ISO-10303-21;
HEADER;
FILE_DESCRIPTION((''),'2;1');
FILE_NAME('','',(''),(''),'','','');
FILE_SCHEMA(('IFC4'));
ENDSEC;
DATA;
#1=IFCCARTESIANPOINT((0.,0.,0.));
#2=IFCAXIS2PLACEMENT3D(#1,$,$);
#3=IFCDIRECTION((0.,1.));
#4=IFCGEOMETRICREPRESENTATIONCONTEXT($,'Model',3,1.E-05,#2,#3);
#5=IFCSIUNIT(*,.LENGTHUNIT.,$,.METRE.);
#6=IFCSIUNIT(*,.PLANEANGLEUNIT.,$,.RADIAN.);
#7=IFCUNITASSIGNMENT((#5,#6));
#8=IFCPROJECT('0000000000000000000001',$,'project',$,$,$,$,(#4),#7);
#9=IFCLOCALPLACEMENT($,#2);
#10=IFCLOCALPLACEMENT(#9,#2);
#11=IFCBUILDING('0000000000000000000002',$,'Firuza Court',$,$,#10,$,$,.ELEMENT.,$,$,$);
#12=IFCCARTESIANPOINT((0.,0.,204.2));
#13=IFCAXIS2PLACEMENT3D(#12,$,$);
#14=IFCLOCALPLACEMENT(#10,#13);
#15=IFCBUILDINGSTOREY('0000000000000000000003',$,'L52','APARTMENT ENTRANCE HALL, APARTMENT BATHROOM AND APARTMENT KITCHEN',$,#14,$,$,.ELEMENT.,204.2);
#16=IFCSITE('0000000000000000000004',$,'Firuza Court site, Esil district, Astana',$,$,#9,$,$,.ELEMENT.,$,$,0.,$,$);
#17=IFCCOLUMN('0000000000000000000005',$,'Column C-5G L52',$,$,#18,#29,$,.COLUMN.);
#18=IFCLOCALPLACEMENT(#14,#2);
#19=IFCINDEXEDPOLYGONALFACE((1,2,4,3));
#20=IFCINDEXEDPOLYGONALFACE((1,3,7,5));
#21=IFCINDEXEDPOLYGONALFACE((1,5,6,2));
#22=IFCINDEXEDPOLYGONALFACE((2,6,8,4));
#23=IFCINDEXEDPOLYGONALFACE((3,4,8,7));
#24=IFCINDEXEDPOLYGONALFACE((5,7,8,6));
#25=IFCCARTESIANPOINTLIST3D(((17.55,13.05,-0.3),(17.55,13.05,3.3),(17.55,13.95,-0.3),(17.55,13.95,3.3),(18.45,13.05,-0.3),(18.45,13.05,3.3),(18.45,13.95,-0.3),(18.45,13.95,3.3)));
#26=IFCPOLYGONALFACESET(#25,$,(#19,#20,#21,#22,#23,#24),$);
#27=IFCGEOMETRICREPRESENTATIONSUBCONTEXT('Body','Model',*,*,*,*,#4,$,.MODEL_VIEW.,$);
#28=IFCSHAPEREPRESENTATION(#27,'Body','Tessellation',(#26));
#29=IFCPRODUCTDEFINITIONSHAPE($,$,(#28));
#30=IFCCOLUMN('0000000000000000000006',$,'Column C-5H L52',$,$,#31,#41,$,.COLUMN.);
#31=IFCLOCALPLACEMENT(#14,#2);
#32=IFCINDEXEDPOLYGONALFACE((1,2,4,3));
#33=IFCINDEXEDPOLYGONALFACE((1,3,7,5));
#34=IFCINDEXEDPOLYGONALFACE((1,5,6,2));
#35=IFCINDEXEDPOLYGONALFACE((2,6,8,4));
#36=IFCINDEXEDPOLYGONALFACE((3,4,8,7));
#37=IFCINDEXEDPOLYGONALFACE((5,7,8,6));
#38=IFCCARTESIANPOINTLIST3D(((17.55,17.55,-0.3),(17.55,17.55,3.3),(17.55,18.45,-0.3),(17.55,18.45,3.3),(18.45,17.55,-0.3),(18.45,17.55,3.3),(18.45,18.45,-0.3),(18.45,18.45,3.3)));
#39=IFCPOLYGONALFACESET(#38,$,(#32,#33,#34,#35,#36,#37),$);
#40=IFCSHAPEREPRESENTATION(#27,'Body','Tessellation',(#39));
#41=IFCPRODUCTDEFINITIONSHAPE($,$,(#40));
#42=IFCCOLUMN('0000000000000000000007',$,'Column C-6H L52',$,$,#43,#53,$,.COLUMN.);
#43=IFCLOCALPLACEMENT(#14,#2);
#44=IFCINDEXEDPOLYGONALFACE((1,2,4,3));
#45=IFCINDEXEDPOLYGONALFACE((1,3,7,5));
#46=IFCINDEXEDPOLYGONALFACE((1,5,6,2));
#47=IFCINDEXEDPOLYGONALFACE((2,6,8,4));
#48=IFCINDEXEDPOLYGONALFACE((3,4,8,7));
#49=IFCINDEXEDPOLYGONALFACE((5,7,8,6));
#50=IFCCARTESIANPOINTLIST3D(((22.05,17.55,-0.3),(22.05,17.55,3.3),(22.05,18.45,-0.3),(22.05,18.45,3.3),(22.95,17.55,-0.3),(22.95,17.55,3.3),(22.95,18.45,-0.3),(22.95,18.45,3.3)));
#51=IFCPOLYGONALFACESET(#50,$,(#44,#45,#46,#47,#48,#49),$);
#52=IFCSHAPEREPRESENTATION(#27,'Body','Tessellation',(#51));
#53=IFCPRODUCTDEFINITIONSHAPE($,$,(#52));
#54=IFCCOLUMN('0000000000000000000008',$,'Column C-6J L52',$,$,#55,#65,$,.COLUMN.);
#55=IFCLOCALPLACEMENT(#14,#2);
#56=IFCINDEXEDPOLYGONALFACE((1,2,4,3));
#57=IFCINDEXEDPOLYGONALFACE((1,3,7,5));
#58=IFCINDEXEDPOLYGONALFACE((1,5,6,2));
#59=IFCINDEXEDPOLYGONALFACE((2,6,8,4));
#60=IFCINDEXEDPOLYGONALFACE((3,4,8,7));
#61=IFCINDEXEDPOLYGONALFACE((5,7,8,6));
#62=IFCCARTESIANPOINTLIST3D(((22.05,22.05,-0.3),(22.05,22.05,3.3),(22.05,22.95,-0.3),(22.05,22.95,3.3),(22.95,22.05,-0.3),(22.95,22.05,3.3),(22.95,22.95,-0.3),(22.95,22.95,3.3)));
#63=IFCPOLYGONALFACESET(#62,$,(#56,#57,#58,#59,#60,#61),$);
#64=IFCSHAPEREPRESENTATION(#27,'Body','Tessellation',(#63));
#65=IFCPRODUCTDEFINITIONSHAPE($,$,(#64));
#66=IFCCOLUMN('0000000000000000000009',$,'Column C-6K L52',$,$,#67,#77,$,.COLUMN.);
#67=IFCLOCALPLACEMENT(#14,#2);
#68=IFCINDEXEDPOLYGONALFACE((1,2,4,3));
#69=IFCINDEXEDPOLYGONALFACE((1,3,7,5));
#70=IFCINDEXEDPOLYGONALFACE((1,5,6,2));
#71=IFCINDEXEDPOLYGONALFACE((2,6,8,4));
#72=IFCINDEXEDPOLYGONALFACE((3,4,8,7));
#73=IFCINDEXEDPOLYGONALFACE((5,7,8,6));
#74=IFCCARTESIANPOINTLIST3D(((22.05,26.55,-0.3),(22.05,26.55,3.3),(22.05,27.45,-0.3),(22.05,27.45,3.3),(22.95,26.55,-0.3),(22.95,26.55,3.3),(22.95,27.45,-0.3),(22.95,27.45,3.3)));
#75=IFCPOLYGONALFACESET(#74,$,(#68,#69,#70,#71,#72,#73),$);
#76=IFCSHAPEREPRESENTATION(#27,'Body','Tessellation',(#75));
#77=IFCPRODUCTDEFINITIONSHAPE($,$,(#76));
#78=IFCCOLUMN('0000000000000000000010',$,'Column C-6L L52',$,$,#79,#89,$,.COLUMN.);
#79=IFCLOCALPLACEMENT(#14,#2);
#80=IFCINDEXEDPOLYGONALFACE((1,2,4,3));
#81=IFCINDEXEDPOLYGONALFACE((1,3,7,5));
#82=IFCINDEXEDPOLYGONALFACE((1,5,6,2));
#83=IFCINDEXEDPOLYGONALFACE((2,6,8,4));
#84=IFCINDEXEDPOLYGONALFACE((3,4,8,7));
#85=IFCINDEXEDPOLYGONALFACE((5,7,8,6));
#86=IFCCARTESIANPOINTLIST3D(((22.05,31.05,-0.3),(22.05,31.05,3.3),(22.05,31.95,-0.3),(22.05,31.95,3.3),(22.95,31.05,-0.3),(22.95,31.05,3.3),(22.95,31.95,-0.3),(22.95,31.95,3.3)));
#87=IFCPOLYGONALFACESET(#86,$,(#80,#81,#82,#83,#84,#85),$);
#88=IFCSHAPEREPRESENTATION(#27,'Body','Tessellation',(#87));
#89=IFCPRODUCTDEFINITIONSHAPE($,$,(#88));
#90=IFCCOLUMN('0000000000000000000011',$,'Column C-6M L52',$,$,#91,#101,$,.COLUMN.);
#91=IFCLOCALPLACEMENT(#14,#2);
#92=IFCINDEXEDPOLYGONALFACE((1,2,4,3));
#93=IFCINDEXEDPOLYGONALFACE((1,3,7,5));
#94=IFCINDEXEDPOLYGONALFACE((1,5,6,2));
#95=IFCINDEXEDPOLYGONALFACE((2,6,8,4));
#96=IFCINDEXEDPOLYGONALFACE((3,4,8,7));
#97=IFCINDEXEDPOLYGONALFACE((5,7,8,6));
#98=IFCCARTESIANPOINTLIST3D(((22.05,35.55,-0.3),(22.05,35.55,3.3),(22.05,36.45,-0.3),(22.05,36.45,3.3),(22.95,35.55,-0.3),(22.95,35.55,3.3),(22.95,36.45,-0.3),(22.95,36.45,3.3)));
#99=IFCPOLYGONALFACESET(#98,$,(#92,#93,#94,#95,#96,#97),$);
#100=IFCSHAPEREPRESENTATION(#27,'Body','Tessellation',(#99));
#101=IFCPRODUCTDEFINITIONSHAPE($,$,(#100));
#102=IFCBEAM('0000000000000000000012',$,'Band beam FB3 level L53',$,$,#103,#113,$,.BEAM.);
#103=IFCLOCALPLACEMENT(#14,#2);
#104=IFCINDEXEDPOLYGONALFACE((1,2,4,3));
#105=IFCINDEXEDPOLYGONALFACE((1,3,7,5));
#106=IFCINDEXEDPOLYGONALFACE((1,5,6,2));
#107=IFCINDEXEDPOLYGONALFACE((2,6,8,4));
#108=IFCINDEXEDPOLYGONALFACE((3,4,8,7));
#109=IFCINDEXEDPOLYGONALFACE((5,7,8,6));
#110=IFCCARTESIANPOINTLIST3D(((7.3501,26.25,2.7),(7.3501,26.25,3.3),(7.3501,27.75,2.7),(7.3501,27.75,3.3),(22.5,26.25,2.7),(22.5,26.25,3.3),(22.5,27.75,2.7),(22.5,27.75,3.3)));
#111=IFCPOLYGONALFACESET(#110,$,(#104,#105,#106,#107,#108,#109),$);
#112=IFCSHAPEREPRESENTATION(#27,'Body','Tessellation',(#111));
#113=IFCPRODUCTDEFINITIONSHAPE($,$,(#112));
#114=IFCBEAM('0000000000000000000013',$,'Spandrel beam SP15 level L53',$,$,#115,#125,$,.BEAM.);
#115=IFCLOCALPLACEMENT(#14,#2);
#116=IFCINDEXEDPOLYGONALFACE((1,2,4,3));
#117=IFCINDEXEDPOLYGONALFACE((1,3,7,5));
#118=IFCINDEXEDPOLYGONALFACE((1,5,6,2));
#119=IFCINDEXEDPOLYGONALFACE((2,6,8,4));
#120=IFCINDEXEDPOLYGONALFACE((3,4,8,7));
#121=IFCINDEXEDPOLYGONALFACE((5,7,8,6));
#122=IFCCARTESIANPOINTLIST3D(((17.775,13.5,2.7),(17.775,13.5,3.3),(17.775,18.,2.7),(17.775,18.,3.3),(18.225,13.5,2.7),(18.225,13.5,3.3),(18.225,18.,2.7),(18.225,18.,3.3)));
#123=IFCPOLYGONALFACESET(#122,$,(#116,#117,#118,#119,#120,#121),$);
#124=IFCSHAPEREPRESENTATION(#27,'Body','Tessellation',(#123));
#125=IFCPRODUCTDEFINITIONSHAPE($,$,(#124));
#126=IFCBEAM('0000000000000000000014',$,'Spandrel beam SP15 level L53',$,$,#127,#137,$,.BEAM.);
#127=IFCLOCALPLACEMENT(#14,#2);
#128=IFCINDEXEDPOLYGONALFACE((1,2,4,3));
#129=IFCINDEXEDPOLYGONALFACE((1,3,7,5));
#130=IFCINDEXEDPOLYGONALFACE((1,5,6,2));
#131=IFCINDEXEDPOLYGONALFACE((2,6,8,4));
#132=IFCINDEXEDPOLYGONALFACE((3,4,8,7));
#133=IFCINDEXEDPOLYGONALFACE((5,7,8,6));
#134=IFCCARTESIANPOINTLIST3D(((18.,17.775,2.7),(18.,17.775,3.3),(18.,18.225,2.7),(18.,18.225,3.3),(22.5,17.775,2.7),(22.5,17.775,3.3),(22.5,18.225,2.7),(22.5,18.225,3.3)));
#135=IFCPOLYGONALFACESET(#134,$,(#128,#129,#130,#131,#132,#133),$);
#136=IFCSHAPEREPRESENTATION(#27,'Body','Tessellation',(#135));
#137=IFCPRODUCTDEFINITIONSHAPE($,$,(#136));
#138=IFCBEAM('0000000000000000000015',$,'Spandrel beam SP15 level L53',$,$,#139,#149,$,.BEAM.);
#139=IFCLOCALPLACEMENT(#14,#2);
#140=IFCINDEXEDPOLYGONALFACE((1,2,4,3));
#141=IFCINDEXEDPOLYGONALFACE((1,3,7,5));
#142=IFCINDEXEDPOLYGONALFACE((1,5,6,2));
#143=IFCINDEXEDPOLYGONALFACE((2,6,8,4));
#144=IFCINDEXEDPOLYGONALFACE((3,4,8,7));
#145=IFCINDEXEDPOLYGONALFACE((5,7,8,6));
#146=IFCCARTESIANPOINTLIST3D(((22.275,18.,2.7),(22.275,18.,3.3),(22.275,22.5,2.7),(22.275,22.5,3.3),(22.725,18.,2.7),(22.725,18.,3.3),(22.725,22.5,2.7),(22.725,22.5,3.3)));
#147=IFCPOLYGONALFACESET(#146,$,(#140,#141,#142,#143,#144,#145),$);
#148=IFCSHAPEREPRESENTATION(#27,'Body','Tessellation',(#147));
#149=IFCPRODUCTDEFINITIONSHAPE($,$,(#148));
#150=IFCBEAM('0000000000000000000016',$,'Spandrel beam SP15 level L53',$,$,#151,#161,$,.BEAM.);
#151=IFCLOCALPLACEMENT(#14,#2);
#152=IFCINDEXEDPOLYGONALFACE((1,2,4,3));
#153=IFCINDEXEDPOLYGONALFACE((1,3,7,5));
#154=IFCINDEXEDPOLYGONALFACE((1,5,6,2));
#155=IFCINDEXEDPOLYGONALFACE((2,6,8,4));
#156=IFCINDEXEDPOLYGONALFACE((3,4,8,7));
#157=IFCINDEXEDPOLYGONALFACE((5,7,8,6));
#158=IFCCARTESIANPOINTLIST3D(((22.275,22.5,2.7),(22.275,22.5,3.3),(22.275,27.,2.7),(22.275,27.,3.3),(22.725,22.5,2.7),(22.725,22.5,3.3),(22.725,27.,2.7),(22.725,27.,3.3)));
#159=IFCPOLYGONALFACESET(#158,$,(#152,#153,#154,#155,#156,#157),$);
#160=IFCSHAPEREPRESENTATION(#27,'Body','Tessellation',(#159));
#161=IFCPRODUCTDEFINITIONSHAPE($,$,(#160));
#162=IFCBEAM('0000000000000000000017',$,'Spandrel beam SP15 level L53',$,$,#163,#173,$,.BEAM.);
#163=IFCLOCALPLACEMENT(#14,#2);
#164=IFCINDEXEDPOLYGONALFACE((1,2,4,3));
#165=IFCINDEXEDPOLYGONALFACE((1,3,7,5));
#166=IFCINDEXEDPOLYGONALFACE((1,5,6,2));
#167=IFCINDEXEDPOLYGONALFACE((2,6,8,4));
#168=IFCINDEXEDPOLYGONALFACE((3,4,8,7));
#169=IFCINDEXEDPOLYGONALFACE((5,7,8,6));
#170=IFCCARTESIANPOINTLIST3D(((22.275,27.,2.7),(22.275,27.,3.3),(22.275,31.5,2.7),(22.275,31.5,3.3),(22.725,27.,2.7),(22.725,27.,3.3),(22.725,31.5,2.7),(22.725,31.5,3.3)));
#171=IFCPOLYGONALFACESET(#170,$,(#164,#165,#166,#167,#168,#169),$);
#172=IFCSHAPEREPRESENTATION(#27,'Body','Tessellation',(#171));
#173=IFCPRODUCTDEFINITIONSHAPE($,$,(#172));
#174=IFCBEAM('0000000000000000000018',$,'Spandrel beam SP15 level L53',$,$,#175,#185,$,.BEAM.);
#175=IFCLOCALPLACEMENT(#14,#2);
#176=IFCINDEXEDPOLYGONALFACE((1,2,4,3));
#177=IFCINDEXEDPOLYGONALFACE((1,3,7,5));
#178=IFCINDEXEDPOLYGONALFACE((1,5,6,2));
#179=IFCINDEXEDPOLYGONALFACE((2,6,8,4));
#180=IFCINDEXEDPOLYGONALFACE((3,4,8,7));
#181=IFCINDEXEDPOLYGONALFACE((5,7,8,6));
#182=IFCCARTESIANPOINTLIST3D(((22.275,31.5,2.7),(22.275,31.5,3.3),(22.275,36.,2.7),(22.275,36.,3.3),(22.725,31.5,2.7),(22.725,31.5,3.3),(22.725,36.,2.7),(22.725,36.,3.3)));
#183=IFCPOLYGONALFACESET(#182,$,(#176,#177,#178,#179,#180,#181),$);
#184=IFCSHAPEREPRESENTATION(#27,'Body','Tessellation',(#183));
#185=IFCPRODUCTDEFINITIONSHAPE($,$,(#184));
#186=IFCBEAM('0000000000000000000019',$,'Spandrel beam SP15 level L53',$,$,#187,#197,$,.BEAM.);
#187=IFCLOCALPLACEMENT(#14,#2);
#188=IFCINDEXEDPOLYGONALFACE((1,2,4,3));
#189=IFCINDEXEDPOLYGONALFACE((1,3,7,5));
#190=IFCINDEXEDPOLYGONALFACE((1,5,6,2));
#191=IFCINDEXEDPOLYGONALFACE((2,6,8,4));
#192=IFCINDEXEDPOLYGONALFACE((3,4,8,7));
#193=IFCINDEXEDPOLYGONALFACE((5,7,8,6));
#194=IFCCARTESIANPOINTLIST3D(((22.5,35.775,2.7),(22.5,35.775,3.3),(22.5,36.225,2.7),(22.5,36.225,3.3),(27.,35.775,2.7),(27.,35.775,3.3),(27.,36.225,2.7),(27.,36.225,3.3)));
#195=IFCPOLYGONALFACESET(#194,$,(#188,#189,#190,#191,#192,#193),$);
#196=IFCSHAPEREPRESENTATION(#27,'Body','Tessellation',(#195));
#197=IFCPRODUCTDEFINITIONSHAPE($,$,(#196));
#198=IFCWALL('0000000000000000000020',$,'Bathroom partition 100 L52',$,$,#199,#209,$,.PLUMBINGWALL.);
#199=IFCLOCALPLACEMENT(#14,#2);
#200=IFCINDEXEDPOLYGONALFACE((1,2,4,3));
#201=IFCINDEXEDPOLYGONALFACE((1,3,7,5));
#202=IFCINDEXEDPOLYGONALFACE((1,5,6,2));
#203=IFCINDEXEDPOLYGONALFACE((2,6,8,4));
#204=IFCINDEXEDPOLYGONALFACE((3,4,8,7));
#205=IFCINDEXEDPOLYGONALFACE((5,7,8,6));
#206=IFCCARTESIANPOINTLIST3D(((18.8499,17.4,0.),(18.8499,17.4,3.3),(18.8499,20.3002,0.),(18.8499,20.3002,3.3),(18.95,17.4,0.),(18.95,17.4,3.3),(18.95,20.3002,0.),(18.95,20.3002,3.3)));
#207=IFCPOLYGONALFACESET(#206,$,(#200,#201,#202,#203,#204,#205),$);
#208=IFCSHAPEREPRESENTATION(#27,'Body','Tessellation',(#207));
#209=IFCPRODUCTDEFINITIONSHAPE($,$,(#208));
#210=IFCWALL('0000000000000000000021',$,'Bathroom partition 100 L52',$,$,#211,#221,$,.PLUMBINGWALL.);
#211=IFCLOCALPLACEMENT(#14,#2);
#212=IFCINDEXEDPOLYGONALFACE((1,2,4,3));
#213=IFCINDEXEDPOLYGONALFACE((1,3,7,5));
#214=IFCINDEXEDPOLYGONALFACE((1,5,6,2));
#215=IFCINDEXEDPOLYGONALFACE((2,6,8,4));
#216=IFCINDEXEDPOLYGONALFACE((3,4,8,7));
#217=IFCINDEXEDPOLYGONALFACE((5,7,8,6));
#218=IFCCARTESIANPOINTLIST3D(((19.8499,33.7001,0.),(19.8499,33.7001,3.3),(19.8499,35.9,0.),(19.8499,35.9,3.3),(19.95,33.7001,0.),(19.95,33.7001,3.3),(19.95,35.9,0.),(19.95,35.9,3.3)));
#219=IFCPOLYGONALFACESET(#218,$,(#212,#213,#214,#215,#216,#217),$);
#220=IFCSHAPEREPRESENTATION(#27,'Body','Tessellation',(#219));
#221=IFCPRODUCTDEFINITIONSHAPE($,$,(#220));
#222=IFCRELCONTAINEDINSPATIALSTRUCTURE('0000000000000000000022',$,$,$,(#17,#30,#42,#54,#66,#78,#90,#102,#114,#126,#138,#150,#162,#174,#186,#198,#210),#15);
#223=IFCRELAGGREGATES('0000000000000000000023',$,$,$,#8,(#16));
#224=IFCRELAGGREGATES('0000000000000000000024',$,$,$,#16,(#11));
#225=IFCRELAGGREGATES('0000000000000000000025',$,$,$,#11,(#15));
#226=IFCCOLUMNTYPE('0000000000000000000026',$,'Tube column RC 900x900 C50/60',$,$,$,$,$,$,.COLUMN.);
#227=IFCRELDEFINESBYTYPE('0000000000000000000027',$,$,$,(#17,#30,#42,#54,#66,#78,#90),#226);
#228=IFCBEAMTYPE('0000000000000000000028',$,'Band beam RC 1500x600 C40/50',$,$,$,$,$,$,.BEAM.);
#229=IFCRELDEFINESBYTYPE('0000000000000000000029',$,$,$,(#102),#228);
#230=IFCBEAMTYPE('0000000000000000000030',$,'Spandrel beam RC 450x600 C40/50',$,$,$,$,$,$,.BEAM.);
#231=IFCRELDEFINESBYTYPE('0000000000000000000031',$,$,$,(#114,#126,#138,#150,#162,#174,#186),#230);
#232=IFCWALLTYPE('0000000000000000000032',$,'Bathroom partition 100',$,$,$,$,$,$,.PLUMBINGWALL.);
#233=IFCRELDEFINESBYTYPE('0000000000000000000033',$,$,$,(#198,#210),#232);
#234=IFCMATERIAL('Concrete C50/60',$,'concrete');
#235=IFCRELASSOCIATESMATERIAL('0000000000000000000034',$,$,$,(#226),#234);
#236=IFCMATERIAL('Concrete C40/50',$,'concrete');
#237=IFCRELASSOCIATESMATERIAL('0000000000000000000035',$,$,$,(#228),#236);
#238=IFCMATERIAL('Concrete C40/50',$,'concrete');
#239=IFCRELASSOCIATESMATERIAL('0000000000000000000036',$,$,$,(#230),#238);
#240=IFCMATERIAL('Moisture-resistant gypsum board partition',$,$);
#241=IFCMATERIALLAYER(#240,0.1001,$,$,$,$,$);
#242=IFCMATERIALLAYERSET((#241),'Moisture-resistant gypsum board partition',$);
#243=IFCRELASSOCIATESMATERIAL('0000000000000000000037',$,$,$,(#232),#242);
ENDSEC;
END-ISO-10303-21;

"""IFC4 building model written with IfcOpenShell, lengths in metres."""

from ifc_helpers import new_model, si_unit, direction, frame, frame_2d, origin, origin_2d, place, context, subcontext, project, spatial, rectangle, extrude, material, layer, layer_set, material_profile, profile_set, type_object, element, save


model = new_model("IFC4")

# Units and contexts
model_context = context("Model", 3, precision=1e-05, world=origin(), true_north=direction((0.0, 1.0)))
body_context = subcontext(model_context, "Body", "Model", "MODEL_VIEW")
ifc_project = project(units=[si_unit("LENGTHUNIT", "METRE"), si_unit("PLANEANGLEUNIT", "RADIAN")], contexts=[model_context])

# Site, building, storey
site_placement = place(None, origin())
site = spatial("IfcSite", under=ifc_project, at=site_placement, Name="Firuza Court site, Esil district, Astana", CompositionType="ELEMENT", RefElevation=0.0)
building_placement = place(site_placement, origin())
building = spatial("IfcBuilding", under=site, at=building_placement, Name="Firuza Court", CompositionType="ELEMENT")
storey_placement = place(building_placement, frame((0.0, 0.0, 204.2)))
storey = spatial("IfcBuildingStorey", under=building, at=storey_placement, Name="L52", Description="APARTMENT ENTRANCE HALL, APARTMENT BATHROOM AND APARTMENT KITCHEN", CompositionType="ELEMENT", Elevation=204.2)

# Columns
ifc_material_1 = material(Name="Concrete C50/60", Category="concrete")
ifc_material_profile_1 = material_profile(ifc_material_1, rectangle(XDim=0.8999, YDim=0.8999, at=origin_2d()), Name="RC 900x900")
ifc_profile_set_1 = profile_set([ifc_material_profile_1], Name="Concrete C50/60")
column_type = type_object("IfcColumnType", Name="Tube column RC 900x900 C50/60", PredefinedType="COLUMN", material=ifc_profile_set_1)
for number, where, z_axis, x_axis, name in (
    (1, (18.0, 13.5, -0.3), (0.0, 0.0, 1.0), (1.0, 0.0, 0.0), "Column C-5G L52"),
    (2, (18.0, 18.0, -0.3), (0.0, 0.0, 1.0), (1.0, 0.0, 0.0), "Column C-5H L52"),
    (3, (22.5, 18.0, -0.3), (0.0, 0.0, 1.0), (1.0, 0.0, 0.0), "Column C-6H L52"),
    (4, (22.5, 22.5, -0.3), (0.0, 0.0, 1.0), (1.0, 0.0, 0.0), "Column C-6J L52"),
    (5, (22.5, 27.0, -0.3), (0.0, 0.0, 1.0), (1.0, 0.0, 0.0), "Column C-6K L52"),
    (6, (22.5, 31.5, -0.3), (0.0, 0.0, 1.0), (1.0, 0.0, 0.0), "Column C-6L L52"),
    (7, (22.5, 36.0, -0.3), (0.0, 0.0, 1.0), (1.0, 0.0, 0.0), "Column C-6M L52"),
):
    element("IfcColumn", number, at=place(storey_placement, frame(where, z_axis=z_axis, x_axis=x_axis)), inside=storey, type_object=column_type, Name=name, PredefinedType="COLUMN", context=body_context, shape_type="SweptSolid", body=[
        extrude(rectangle(XDim=0.8999, YDim=0.8999, at=origin_2d()), origin(), (0.0, 0.0, 1.0), 3.6001),
    ])

# Beams
ifc_material_2 = material(Name="Concrete C40/50", Category="concrete")
ifc_material_profile_2 = material_profile(ifc_material_2, rectangle(XDim=1.5, YDim=0.6001, at=origin_2d()), Name="RC 1500x600")
ifc_profile_set_2 = profile_set([ifc_material_profile_2], Name="Concrete C40/50")
beam_type_1 = type_object("IfcBeamType", Name="Band beam RC 1500x600 C40/50", PredefinedType="BEAM", material=ifc_profile_set_2)
beam_placement = place(storey_placement, frame((22.5, 27.0, 3.0), z_axis=(-1.0, 0.0, 0.0), x_axis=(0.0, -1.0, 0.0)))
element("IfcBeam", 8, at=beam_placement, inside=storey, type_object=beam_type_1, Name="Band beam FB3 level L53", PredefinedType="BEAM", context=body_context, shape_type="SweptSolid", body=[
    extrude(rectangle(XDim=1.5, YDim=0.6001, at=origin_2d()), origin(), (0.0, 0.0, 1.0), 15.1499),
])
ifc_material_3 = material(Name="Concrete C40/50", Category="concrete")
ifc_material_profile_3 = material_profile(ifc_material_3, rectangle(XDim=0.45, YDim=0.6001, at=origin_2d()), Name="RC 450x600")
ifc_profile_set_3 = profile_set([ifc_material_profile_3], Name="Concrete C40/50")
beam_type_2 = type_object("IfcBeamType", Name="Spandrel beam RC 450x600 C40/50", PredefinedType="BEAM", material=ifc_profile_set_3)
for number, where, z_axis, x_axis, name in (
    (9, (18.0, 13.5, 3.0), (0.0, 1.0, 0.0), (-1.0, 0.0, 0.0), "Spandrel beam SP15 level L53"),
    (10, (18.0, 18.0, 3.0), (1.0, 0.0, 0.0), (0.0, 1.0, 0.0), "Spandrel beam SP15 level L53"),
    (11, (22.5, 18.0, 3.0), (0.0, 1.0, 0.0), (-1.0, 0.0, 0.0), "Spandrel beam SP15 level L53"),
    (12, (22.5, 22.5, 3.0), (0.0, 1.0, 0.0), (-1.0, 0.0, 0.0), "Spandrel beam SP15 level L53"),
    (13, (22.5, 27.0, 3.0), (0.0, 1.0, 0.0), (-1.0, 0.0, 0.0), "Spandrel beam SP15 level L53"),
    (14, (22.5, 31.5, 3.0), (0.0, 1.0, 0.0), (-1.0, 0.0, 0.0), "Spandrel beam SP15 level L53"),
    (15, (22.5, 36.0, 3.0), (1.0, 0.0, 0.0), (0.0, 1.0, 0.0), "Spandrel beam SP15 level L53"),
):
    element("IfcBeam", number, at=place(storey_placement, frame(where, z_axis=z_axis, x_axis=x_axis)), inside=storey, type_object=beam_type_2, Name=name, PredefinedType="BEAM", context=body_context, shape_type="SweptSolid", body=[
        extrude(rectangle(XDim=0.45, YDim=0.6001, at=origin_2d()), origin(), (0.0, 0.0, 1.0), 4.5),
    ])

# Walls
ifc_material_4 = material(Name="Moisture-resistant gypsum board partition")
ifc_layer_1 = layer(ifc_material_4, 0.1001)
ifc_layer_set_1 = layer_set([ifc_layer_1], Name="Moisture-resistant gypsum board partition")
wall_type_1 = type_object("IfcWallType", Name="Bathroom partition 100", PredefinedType="PLUMBINGWALL", material=ifc_layer_set_1)
wall_1_placement = place(storey_placement, frame((18.8999, 17.3999, 0.0), z_axis=(0.0, 0.0, 1.0), x_axis=(0.0, 1.0, 0.0)))
element("IfcWall", 16, at=wall_1_placement, inside=storey, type_object=wall_type_1, Name="Bathroom partition 100 L52", PredefinedType="PLUMBINGWALL", context=body_context, shape_type="SweptSolid", body=[
    extrude(rectangle(XDim=2.9001, YDim=0.1001, at=frame_2d((1.4502, 0.0))), origin(), (0.0, 0.0, 1.0), 3.3),
])
wall_2_placement = place(storey_placement, frame((19.8999, 33.7, 0.0), z_axis=(0.0, 0.0, 1.0), x_axis=(0.0, 1.0, 0.0)))
element("IfcWall", 17, at=wall_2_placement, inside=storey, type_object=wall_type_1, Name="Bathroom partition 100 L52", PredefinedType="PLUMBINGWALL", context=body_context, shape_type="SweptSolid", body=[
    extrude(rectangle(XDim=2.2, YDim=0.1001, at=frame_2d((1.1001, 0.0))), origin(), (0.0, 0.0, 1.0), 3.3),
])

save(model, "model.ifc")
